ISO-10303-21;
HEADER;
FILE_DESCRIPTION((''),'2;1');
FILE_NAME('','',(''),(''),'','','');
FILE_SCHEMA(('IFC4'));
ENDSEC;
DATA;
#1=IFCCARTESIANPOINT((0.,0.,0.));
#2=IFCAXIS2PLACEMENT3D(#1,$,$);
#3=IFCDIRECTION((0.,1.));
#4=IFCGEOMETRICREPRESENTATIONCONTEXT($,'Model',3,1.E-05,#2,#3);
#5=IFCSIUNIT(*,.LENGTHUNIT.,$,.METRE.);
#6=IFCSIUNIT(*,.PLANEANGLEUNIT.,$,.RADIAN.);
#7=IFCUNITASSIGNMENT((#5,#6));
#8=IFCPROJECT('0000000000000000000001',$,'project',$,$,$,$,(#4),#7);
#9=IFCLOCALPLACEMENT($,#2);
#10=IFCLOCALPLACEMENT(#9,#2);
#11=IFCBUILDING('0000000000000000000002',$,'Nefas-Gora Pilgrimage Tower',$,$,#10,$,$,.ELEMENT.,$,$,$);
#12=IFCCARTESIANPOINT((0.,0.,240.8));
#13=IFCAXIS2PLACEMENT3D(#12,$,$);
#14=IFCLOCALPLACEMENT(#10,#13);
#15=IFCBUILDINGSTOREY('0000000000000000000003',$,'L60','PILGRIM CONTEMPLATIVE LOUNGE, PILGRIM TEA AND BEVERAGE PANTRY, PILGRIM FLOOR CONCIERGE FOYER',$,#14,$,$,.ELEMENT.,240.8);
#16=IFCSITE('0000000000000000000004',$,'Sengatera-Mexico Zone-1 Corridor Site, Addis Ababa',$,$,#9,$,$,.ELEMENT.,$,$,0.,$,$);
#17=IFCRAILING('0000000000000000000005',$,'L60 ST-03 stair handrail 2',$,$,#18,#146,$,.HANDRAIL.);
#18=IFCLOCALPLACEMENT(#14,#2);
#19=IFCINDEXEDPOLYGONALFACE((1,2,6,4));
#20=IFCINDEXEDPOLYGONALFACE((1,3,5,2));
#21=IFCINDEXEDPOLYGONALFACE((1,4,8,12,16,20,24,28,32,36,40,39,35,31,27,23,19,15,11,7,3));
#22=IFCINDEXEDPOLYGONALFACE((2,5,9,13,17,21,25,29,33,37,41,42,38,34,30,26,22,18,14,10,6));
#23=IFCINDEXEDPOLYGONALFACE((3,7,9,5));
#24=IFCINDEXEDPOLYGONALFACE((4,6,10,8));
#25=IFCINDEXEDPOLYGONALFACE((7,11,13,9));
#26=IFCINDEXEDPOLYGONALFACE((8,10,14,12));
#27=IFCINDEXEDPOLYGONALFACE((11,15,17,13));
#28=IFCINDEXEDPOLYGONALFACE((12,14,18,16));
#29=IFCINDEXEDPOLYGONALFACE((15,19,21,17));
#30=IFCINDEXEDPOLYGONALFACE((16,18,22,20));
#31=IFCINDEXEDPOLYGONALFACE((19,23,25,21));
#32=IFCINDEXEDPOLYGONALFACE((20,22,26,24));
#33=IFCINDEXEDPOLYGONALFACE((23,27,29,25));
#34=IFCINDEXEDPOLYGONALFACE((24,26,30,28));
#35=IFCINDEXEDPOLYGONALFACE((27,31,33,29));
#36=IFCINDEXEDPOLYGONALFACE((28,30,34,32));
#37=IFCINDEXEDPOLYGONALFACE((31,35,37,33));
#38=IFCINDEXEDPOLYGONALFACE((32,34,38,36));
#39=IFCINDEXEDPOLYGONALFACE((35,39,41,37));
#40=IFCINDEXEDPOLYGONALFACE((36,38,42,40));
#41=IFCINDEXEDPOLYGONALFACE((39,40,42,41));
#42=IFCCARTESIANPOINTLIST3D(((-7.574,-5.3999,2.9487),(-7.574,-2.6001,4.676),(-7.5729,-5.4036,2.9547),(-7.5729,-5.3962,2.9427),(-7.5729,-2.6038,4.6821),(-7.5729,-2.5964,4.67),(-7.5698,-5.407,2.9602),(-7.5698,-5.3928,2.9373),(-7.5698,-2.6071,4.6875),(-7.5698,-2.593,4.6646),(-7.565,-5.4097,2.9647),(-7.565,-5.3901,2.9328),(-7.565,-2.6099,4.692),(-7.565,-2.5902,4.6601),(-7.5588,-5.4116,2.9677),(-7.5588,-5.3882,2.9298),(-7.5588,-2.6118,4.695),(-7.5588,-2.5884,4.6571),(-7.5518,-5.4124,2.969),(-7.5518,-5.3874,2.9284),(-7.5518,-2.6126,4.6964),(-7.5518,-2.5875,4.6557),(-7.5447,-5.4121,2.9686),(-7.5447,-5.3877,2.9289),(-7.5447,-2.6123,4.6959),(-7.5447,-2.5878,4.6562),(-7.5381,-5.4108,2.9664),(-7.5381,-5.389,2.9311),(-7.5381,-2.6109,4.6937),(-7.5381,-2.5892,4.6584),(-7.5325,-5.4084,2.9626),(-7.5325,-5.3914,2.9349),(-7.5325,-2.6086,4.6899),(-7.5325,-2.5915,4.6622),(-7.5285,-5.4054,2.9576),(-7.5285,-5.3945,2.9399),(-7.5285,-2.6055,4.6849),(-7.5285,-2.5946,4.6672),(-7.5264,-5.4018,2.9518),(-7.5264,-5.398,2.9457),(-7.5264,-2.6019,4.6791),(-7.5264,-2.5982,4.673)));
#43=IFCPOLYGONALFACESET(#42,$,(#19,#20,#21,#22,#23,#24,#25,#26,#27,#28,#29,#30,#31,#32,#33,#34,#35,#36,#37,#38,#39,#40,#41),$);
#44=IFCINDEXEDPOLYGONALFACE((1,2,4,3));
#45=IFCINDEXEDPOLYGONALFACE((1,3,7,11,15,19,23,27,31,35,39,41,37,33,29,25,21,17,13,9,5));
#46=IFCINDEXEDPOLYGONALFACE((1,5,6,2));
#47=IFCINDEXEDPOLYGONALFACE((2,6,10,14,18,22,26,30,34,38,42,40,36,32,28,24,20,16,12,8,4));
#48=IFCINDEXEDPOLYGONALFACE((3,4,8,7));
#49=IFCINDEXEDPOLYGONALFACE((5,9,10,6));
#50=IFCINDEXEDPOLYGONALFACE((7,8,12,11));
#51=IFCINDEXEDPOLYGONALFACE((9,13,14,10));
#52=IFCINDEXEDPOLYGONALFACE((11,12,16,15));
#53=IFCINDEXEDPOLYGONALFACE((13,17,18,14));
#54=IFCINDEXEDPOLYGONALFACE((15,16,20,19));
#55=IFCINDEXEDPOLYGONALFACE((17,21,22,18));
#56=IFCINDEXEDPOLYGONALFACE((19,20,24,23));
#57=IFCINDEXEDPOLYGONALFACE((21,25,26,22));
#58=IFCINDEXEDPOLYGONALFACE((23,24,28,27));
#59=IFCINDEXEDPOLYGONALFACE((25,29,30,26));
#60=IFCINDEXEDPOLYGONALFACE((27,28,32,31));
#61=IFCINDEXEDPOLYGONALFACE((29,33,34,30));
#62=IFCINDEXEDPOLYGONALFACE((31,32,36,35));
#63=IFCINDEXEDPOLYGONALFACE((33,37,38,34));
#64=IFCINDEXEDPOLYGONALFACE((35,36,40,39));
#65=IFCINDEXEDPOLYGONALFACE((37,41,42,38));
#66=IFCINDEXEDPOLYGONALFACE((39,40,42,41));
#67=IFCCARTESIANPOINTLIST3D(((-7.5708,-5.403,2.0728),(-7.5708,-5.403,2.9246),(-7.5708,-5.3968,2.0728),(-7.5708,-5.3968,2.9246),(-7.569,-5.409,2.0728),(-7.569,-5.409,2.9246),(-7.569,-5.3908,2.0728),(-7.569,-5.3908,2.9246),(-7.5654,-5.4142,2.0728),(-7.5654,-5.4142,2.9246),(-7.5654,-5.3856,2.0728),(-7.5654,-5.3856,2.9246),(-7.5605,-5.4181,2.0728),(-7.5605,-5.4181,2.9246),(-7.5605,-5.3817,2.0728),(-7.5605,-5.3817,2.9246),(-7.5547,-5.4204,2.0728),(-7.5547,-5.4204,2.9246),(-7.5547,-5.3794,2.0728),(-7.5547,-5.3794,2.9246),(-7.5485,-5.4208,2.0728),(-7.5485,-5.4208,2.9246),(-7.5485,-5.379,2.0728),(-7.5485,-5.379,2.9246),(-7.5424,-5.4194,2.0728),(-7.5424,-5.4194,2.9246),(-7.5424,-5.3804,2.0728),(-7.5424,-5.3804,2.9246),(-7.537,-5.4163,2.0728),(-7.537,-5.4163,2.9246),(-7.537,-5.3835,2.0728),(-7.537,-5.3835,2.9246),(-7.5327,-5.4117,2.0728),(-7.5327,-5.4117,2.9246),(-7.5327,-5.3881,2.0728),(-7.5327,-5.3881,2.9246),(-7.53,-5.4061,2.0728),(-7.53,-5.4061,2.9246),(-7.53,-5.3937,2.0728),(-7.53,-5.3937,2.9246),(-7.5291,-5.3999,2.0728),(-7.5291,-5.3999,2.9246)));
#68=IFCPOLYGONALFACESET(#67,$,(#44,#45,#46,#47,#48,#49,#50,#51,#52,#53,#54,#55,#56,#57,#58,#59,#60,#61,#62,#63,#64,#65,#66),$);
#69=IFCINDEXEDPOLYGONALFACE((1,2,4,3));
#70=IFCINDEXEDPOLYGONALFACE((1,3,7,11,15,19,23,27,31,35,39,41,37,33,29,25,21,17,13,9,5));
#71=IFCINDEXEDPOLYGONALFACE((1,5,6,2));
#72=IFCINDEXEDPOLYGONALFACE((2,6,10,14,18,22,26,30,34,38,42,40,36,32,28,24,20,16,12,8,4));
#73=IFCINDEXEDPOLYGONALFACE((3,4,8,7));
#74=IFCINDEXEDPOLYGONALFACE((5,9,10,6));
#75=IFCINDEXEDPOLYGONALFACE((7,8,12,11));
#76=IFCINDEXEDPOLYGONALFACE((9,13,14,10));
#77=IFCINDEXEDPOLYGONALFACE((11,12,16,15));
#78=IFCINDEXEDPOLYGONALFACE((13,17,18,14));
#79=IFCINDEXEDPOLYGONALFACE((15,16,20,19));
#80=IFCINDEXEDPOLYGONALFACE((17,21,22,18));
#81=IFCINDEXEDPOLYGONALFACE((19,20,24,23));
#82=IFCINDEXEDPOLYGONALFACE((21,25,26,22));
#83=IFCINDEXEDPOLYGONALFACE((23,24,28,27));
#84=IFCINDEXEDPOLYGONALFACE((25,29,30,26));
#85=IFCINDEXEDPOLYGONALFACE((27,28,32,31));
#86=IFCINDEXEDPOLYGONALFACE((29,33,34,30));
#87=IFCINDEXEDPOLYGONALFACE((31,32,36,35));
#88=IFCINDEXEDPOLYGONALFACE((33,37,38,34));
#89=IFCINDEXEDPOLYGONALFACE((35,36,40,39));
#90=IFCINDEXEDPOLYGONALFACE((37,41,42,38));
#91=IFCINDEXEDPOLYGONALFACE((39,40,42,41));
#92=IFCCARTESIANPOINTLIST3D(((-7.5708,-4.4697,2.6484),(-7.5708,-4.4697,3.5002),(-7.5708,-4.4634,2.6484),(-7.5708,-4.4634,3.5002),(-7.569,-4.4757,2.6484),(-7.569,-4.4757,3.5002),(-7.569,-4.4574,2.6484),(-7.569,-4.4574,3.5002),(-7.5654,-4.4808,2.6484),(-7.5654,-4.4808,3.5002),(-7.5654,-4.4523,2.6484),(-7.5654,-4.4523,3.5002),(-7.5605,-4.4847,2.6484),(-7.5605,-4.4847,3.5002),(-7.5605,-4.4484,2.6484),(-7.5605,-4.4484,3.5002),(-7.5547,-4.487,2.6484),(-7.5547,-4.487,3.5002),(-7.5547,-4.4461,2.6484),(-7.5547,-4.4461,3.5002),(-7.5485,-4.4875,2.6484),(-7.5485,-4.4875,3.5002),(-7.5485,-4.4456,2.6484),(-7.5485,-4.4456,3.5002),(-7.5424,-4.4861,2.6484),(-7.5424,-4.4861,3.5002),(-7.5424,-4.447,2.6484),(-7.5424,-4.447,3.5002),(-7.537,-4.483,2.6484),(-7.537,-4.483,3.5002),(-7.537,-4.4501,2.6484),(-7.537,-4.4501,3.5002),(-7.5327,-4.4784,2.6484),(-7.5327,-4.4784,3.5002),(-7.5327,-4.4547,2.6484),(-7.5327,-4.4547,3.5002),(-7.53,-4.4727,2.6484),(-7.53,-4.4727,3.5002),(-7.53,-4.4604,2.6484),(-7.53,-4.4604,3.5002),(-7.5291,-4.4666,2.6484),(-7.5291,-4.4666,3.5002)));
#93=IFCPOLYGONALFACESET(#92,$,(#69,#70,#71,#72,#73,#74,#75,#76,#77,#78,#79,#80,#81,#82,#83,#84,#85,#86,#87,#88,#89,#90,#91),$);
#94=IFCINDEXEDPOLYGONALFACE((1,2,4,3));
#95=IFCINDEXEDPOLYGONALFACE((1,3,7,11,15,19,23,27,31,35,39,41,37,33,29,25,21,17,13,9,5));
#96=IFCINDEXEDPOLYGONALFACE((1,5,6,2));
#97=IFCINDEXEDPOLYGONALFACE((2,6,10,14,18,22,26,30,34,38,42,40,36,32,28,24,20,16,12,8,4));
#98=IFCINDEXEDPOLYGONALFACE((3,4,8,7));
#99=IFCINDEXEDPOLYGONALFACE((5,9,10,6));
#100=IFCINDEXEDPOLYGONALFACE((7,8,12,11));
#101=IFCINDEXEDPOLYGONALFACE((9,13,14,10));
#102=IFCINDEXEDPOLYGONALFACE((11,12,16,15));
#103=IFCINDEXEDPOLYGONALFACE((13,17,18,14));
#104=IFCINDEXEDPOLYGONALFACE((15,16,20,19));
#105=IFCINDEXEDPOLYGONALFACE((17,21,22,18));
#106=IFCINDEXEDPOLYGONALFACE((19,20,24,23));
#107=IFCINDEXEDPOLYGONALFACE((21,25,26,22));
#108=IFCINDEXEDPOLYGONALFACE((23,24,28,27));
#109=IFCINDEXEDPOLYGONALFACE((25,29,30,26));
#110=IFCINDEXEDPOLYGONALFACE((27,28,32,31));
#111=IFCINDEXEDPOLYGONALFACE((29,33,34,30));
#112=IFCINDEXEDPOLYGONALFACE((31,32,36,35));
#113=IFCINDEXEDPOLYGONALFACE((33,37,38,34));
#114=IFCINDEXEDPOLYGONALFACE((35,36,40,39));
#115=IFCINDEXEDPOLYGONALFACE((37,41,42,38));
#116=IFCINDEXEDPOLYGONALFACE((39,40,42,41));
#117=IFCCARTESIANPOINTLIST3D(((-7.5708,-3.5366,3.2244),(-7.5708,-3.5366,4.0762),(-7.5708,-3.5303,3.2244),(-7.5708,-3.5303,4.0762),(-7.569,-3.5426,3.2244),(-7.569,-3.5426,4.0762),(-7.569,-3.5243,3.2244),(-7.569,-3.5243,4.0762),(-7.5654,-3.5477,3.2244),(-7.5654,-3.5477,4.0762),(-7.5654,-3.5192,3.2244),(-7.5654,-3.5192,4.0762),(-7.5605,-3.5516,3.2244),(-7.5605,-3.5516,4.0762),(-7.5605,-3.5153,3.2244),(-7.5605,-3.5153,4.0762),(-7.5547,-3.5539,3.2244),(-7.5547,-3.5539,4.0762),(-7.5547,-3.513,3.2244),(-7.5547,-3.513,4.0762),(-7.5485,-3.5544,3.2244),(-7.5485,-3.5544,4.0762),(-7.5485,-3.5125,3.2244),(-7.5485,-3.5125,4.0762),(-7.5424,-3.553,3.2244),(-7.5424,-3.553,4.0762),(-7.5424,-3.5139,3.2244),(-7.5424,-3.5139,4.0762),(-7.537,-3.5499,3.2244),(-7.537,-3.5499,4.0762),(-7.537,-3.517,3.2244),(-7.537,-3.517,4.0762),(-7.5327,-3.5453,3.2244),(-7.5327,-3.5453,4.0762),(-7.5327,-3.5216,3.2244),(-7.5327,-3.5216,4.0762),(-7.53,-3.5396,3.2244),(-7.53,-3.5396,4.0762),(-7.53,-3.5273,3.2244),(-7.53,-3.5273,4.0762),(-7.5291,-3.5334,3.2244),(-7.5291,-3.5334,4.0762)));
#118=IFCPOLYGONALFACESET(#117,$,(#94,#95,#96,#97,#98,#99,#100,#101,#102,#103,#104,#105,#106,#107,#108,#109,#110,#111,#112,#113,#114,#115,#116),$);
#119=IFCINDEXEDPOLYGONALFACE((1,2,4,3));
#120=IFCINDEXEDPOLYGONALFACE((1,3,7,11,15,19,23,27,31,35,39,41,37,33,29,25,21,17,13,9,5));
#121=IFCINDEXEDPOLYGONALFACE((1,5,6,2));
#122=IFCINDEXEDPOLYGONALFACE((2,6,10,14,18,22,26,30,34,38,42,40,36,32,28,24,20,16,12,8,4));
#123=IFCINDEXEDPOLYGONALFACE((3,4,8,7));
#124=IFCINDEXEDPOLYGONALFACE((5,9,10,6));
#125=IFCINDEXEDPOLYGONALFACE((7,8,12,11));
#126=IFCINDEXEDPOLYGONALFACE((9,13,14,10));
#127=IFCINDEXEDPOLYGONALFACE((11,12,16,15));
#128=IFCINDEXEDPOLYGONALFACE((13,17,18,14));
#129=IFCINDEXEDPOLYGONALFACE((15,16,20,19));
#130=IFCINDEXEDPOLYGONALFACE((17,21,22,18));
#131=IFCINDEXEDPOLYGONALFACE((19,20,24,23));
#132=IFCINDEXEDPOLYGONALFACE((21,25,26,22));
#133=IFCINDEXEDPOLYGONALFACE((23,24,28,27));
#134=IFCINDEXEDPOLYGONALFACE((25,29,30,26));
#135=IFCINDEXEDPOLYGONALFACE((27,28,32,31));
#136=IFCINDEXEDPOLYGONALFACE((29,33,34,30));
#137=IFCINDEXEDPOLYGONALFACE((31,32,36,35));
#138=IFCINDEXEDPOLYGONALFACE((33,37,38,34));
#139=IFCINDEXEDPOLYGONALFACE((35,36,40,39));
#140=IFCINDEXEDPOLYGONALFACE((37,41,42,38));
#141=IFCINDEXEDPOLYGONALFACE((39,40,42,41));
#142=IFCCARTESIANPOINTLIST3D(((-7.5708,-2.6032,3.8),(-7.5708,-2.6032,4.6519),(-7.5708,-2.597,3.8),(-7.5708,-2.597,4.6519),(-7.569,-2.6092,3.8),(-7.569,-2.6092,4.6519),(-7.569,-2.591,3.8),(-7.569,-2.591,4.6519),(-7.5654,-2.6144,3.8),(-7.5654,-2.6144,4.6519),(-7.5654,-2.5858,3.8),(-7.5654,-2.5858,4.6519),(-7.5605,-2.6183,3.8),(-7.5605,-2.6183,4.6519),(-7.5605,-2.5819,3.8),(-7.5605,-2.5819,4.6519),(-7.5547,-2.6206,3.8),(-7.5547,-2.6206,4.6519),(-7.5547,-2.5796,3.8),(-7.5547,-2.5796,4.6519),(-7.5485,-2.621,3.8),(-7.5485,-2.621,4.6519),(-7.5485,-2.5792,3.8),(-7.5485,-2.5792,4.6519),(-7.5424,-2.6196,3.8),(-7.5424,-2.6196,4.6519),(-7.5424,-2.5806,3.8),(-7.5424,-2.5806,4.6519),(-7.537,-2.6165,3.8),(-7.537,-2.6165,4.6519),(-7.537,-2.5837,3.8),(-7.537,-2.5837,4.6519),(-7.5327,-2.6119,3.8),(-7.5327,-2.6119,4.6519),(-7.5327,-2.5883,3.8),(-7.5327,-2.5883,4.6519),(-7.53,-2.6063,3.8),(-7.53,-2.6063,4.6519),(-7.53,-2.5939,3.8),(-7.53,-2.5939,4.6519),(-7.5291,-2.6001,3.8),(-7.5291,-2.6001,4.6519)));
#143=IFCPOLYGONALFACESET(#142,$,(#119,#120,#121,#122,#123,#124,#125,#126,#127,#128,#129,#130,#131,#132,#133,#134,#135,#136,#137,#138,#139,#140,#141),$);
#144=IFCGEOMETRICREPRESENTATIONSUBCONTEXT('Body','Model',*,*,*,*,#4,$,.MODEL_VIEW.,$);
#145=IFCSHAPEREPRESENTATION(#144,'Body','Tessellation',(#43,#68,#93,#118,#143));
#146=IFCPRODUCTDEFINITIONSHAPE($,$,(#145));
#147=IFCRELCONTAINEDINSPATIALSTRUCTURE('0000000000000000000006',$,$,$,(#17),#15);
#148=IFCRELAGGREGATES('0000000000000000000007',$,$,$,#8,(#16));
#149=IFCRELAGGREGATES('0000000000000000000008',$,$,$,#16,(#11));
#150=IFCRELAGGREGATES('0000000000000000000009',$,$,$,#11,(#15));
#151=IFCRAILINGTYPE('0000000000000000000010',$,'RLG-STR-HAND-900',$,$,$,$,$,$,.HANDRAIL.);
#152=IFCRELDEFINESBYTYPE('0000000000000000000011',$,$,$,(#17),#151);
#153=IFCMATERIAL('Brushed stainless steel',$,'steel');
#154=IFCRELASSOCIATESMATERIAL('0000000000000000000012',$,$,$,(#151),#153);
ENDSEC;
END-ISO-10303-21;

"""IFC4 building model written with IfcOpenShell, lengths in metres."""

from ifc_helpers import new_model, si_unit, direction, frame, origin, origin_2d, place, context, subcontext, project, spatial, circle, extrude, material, type_object, element, save


model = new_model("IFC4")

# Units and contexts
model_context = context("Model", 3, precision=1e-05, world=origin(), true_north=direction((0.0, 1.0)))
body_context = subcontext(model_context, "Body", "Model", "MODEL_VIEW")
ifc_project = project(units=[si_unit("LENGTHUNIT", "METRE"), si_unit("PLANEANGLEUNIT", "RADIAN")], contexts=[model_context])

# Site, building, storey
site_placement = place(None, origin())
site = spatial("IfcSite", under=ifc_project, at=site_placement, Name="Sengatera-Mexico Zone-1 Corridor Site, Addis Ababa", CompositionType="ELEMENT", RefElevation=0.0)
building_placement = place(site_placement, origin())
building = spatial("IfcBuilding", under=site, at=building_placement, Name="Nefas-Gora Pilgrimage Tower", CompositionType="ELEMENT")
storey_placement = place(building_placement, frame((0.0, 0.0, 240.8)))
storey = spatial("IfcBuildingStorey", under=building, at=storey_placement, Name="L60", Description="PILGRIM CONTEMPLATIVE LOUNGE, PILGRIM TEA AND BEVERAGE PANTRY, PILGRIM FLOOR CONCIERGE FOYER", CompositionType="ELEMENT", Elevation=240.8)

# Railing
ifc_material_1 = material(Name="Brushed stainless steel", Category="steel")
railing_type_1 = type_object("IfcRailingType", Name="RLG-STR-HAND-900", PredefinedType="HANDRAIL", material=ifc_material_1)
railing_1_placement = place(storey_placement, frame((-7.55, -5.3999, 2.0728)))
element("IfcRailing", 1, at=railing_1_placement, inside=storey, type_object=railing_type_1, Name="L60 ST-03 stair handrail 2", PredefinedType="HANDRAIL", context=body_context, shape_type="SweptSolid", body=[
    extrude(circle(Radius=0.0239, at=origin_2d()), frame((0.0, 0.0, 0.876), z_axis=(0.0, 0.851069, 0.525054), x_axis=(-1.0, 0.0, 0.0)), (0.0, 0.0, 1.0), 3.2898),
    extrude(circle(Radius=0.021, at=origin_2d()), origin(), (0.0, 0.0, 1.0), 0.8518),
    extrude(circle(Radius=0.021, at=origin_2d()), frame((0.0, 0.9333, 0.5757)), (0.0, 0.0, 1.0), 0.8518),
    extrude(circle(Radius=0.021, at=origin_2d()), frame((0.0, 1.8665, 1.1516)), (0.0, 0.0, 1.0), 0.8518),
    extrude(circle(Radius=0.021, at=origin_2d()), frame((0.0, 2.7998, 1.7273)), (0.0, 0.0, 1.0), 0.8518),
])

save(model, "model.ifc")
